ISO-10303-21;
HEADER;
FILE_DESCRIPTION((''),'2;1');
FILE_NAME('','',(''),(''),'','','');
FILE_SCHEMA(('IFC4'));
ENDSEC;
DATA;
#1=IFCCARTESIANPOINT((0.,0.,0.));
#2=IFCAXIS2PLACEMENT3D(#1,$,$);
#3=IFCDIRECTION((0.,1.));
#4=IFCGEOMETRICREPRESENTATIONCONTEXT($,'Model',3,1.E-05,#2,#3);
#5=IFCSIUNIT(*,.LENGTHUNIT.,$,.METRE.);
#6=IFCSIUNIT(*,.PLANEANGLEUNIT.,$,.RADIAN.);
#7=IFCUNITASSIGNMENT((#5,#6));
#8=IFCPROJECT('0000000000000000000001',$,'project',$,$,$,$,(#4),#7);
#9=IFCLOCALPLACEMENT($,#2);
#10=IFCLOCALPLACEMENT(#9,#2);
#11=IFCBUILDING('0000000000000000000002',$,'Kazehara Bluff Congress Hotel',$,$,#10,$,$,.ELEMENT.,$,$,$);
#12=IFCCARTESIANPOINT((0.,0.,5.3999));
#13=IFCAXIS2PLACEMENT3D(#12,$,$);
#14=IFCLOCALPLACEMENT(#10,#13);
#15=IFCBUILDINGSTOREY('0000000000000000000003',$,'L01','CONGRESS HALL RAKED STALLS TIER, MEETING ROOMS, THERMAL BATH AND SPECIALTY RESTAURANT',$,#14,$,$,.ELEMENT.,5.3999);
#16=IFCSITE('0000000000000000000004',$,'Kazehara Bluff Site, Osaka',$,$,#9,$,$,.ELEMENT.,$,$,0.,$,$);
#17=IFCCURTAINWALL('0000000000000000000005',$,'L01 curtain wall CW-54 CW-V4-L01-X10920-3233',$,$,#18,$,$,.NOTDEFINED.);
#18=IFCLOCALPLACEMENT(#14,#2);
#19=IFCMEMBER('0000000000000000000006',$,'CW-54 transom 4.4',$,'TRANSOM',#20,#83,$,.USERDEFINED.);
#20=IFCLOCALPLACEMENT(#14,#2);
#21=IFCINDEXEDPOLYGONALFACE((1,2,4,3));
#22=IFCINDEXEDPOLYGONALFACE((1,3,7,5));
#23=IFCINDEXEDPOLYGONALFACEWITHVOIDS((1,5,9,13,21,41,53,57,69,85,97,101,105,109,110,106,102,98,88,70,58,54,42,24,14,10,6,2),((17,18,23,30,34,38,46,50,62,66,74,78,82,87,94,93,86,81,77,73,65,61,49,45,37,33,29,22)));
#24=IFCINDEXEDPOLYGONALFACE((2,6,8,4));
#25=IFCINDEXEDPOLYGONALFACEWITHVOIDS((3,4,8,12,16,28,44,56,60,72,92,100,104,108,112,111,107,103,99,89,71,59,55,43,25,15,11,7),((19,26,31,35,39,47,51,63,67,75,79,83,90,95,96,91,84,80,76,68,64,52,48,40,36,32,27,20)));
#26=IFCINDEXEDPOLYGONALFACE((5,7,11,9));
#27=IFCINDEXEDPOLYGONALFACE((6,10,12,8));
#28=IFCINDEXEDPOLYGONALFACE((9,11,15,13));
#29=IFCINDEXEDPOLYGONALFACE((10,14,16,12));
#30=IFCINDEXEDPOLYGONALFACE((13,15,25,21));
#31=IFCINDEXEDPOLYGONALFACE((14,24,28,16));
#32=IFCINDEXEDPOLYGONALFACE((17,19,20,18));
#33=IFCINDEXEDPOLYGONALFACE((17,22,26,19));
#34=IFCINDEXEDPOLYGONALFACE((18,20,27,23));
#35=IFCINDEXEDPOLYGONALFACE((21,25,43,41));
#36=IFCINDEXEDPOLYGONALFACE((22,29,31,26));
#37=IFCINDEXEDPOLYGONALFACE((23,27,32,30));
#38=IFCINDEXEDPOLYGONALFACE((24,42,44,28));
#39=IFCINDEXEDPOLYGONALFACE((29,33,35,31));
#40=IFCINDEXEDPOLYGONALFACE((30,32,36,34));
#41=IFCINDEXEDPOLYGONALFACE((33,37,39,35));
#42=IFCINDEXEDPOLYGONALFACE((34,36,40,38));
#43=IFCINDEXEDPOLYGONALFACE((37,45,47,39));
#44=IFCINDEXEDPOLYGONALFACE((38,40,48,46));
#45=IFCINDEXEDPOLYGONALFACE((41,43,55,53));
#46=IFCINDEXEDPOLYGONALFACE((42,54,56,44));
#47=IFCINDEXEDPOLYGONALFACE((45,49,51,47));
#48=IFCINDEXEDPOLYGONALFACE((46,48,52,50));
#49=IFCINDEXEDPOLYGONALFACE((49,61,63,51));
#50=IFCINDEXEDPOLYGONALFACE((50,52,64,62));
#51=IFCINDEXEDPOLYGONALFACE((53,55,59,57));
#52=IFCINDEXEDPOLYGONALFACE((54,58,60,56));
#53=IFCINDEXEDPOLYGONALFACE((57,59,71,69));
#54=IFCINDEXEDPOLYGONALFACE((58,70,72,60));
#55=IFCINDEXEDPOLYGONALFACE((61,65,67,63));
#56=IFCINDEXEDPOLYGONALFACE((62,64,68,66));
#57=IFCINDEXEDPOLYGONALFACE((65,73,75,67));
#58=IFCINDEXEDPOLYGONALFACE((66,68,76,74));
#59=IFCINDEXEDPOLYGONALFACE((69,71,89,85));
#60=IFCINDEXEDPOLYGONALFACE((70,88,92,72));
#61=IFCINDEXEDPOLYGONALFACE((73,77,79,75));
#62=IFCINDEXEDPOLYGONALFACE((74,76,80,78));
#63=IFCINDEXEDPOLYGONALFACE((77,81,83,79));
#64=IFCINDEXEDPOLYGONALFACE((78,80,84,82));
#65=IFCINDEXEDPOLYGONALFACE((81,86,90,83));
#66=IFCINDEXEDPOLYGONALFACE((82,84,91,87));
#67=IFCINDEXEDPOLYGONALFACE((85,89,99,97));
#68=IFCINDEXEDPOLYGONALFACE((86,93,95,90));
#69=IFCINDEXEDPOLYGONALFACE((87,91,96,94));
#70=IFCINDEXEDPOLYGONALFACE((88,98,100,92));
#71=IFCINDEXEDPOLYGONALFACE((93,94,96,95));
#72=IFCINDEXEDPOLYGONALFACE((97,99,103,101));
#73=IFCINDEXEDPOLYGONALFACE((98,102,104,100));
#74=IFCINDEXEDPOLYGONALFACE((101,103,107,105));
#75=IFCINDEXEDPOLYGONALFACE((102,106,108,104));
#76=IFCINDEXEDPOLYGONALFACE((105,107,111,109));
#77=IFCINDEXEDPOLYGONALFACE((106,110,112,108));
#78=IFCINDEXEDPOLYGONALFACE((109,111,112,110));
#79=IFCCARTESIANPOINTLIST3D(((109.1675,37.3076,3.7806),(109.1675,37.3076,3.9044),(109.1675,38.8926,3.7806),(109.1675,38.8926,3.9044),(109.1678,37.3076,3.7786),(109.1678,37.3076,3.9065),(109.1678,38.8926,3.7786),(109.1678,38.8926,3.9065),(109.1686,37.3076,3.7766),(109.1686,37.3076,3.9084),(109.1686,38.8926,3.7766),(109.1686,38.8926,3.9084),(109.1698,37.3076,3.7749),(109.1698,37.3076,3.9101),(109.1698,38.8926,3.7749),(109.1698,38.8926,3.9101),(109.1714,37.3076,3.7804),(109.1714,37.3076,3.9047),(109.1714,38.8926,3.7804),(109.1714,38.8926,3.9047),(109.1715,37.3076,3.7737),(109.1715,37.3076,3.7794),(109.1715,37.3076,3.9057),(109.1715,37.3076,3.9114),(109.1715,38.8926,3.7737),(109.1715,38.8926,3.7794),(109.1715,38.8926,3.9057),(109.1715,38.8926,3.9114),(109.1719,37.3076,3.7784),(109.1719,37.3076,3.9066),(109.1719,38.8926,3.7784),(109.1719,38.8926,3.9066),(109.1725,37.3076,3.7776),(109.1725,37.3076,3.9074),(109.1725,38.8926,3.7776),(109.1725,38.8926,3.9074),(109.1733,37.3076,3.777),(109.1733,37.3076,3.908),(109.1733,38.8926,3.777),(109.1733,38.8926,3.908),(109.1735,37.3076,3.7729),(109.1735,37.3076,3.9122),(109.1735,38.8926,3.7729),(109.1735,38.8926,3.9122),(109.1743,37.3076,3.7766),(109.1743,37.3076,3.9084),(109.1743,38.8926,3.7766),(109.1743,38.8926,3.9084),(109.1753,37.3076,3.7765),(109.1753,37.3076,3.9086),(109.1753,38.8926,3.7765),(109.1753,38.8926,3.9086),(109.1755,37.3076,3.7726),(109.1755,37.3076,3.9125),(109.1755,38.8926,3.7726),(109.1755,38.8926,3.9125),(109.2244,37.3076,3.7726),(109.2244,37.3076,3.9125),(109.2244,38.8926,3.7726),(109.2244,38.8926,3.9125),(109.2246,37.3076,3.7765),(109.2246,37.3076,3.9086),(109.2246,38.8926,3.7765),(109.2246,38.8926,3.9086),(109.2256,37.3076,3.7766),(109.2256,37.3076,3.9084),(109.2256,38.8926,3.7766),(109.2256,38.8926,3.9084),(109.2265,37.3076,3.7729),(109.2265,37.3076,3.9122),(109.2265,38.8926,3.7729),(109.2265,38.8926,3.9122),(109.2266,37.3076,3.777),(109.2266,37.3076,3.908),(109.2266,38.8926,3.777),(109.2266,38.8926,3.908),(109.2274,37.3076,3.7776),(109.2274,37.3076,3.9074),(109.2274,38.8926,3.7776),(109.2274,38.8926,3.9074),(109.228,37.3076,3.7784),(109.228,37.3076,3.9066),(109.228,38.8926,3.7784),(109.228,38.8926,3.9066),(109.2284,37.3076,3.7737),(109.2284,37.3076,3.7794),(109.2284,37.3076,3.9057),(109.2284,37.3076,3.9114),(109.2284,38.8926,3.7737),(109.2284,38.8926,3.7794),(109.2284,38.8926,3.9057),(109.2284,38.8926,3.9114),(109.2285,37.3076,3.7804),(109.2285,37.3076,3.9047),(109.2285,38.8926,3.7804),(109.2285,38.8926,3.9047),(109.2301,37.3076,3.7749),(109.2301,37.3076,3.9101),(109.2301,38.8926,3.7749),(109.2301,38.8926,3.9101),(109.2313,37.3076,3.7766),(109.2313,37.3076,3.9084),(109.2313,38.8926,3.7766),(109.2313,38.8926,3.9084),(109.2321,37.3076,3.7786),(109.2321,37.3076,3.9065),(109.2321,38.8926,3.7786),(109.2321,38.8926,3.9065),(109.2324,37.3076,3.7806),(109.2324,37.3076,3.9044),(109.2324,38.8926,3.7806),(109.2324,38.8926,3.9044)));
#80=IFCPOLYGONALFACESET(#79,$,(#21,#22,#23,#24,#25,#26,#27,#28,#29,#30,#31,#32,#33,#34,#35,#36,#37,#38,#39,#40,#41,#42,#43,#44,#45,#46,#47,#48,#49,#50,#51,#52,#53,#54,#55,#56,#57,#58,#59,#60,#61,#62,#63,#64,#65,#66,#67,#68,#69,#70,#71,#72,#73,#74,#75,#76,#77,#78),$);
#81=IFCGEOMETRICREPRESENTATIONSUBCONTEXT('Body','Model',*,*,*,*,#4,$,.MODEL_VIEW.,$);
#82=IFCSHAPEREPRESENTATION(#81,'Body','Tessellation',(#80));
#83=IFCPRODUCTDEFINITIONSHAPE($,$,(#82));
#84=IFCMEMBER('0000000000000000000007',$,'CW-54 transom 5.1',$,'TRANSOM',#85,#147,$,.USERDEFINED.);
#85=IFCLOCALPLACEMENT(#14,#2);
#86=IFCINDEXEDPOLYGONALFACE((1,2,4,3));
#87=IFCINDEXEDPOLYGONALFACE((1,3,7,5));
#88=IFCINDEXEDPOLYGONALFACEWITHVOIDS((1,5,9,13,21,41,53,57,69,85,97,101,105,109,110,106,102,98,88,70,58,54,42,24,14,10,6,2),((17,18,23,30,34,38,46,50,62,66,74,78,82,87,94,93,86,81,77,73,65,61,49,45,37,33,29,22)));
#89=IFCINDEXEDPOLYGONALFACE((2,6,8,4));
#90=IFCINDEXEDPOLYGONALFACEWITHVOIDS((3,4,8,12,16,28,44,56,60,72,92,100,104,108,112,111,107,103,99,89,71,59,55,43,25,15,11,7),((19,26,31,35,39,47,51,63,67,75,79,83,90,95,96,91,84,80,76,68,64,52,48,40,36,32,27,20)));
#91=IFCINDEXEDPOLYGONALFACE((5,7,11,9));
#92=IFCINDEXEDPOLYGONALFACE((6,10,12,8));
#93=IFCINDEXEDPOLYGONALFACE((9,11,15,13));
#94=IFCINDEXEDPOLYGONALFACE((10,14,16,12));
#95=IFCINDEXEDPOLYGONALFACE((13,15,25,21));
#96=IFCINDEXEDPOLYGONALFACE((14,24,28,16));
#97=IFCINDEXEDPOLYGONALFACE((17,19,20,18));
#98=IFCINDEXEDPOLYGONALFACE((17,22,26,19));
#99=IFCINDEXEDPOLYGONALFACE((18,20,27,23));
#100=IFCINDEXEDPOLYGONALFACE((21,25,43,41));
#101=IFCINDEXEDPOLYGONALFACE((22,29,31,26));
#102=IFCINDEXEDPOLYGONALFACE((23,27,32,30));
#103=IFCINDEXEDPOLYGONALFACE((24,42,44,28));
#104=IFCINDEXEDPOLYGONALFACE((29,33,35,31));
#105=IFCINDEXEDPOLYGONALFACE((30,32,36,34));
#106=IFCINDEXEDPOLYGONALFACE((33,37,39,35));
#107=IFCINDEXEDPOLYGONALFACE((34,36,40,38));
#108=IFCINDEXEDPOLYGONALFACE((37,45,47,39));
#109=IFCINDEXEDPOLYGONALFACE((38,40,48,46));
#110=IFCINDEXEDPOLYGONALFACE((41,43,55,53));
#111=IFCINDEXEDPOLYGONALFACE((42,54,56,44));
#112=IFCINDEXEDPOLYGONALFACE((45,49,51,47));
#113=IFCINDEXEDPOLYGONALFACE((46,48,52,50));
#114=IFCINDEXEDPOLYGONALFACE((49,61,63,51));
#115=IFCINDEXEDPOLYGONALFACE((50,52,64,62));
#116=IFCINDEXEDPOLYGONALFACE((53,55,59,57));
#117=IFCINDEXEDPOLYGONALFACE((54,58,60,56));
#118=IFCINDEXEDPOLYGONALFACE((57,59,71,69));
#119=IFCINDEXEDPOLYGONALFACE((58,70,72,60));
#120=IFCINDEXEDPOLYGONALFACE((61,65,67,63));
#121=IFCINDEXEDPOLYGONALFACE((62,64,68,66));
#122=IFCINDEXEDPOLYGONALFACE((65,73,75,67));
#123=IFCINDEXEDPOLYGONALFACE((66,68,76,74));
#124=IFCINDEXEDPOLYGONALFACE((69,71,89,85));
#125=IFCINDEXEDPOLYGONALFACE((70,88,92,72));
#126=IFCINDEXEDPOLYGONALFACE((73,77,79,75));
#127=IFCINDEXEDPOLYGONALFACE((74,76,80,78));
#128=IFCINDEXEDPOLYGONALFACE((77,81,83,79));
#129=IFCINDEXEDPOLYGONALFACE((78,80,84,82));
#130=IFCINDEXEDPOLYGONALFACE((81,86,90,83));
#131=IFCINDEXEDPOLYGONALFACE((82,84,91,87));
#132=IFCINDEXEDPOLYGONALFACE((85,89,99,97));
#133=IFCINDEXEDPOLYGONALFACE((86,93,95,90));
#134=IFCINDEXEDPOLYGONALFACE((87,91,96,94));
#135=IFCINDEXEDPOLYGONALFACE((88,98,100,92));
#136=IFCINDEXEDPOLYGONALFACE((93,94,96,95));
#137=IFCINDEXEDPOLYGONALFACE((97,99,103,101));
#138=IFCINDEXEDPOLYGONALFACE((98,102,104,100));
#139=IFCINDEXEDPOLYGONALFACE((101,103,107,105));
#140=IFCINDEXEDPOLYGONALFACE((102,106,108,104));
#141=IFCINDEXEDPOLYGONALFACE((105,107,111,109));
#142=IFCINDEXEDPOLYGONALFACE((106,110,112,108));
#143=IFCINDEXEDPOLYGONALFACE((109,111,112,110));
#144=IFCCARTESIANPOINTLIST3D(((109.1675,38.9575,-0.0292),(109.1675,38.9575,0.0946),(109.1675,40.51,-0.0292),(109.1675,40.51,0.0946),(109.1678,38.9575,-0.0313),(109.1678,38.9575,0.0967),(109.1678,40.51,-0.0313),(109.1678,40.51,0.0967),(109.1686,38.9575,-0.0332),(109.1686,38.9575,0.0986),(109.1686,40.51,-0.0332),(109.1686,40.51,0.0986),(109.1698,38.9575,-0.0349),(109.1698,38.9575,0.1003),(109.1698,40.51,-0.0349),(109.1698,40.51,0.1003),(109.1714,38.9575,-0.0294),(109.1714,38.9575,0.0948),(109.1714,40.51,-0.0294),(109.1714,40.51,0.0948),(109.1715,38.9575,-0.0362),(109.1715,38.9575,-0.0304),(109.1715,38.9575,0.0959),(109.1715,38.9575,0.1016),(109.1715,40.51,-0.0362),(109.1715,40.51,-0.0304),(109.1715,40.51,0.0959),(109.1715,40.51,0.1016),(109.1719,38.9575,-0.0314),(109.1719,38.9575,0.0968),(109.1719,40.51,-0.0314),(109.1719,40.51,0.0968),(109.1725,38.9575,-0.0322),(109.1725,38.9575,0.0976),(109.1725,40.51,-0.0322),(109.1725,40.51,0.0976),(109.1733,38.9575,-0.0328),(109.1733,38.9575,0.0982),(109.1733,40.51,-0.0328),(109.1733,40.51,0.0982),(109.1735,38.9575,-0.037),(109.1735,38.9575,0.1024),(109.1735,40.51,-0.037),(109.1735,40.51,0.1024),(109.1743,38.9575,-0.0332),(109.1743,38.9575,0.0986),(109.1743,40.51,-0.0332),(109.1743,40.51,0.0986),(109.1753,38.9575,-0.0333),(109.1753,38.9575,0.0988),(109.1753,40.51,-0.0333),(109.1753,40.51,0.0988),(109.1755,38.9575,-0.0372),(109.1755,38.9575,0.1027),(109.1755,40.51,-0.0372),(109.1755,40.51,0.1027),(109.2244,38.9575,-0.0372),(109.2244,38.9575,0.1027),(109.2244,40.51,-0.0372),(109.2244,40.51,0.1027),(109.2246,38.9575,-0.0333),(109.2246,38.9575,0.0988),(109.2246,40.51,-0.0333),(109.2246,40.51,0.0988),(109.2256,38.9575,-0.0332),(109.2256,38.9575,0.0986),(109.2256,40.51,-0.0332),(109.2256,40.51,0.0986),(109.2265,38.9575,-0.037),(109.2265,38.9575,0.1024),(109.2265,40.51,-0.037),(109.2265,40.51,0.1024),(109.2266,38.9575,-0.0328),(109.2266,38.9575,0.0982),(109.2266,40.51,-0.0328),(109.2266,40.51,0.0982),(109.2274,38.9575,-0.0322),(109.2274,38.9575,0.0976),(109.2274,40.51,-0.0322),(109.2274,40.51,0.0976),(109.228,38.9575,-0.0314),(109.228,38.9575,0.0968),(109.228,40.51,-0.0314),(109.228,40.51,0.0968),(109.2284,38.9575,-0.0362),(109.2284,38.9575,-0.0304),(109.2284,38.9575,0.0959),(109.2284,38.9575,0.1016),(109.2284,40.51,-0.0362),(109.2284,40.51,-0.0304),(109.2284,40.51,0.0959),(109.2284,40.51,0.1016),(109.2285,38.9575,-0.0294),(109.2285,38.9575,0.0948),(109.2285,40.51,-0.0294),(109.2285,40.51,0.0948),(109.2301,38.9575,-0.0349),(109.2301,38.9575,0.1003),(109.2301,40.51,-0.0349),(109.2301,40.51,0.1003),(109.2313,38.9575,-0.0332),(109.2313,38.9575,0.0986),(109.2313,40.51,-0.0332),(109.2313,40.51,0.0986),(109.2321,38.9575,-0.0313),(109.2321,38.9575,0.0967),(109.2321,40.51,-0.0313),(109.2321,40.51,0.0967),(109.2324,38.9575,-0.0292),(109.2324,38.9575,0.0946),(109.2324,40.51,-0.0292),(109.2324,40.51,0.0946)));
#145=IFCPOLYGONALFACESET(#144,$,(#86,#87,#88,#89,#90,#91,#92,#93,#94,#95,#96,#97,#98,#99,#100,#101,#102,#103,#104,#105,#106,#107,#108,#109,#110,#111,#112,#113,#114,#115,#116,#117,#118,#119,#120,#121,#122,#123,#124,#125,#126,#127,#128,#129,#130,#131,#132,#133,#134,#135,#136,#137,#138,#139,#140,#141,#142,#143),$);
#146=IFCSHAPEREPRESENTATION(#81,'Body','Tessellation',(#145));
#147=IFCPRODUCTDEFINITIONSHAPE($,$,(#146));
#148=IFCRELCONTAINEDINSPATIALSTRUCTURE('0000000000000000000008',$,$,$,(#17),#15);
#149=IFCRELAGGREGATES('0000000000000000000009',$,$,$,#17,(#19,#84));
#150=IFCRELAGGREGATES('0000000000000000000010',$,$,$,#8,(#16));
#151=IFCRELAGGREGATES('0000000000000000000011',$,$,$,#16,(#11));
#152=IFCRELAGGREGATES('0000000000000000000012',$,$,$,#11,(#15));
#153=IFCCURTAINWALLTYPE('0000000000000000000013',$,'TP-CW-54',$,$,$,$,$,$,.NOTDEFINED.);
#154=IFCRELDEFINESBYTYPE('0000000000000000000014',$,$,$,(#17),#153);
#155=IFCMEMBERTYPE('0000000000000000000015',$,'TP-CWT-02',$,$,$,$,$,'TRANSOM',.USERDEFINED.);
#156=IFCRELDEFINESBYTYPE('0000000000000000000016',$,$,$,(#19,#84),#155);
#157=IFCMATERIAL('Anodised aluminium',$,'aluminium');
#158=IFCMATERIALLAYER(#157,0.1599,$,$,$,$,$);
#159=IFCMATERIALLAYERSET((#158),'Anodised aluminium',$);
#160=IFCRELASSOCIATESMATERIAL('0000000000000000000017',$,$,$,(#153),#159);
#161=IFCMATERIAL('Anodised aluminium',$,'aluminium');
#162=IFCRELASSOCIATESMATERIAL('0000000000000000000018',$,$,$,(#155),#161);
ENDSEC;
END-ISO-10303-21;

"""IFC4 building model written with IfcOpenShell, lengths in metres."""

from ifc_helpers import new_model, si_unit, direction, frame, origin, origin_2d, place, context, subcontext, project, spatial, hollow_rectangle, extrude, material, layer, layer_set, material_profile, profile_set, type_object, element, aggregate, save


model = new_model("IFC4")

# Units and contexts
model_context = context("Model", 3, precision=1e-05, world=origin(), true_north=direction((0.0, 1.0)))
body_context = subcontext(model_context, "Body", "Model", "MODEL_VIEW")
ifc_project = project(units=[si_unit("LENGTHUNIT", "METRE"), si_unit("PLANEANGLEUNIT", "RADIAN")], contexts=[model_context])

# Site, building, storey
site_placement = place(None, origin())
site = spatial("IfcSite", under=ifc_project, at=site_placement, Name="Kazehara Bluff Site, Osaka", CompositionType="ELEMENT", RefElevation=0.0)
building_placement = place(site_placement, origin())
building = spatial("IfcBuilding", under=site, at=building_placement, Name="Kazehara Bluff Congress Hotel", CompositionType="ELEMENT")
storey_placement = place(building_placement, frame((0.0, 0.0, 5.3999)))
storey = spatial("IfcBuildingStorey", under=building, at=storey_placement, Name="L01", Description="CONGRESS HALL RAKED STALLS TIER, MEETING ROOMS, THERMAL BATH AND SPECIALTY RESTAURANT", CompositionType="ELEMENT", Elevation=5.3999)

# Curtain wall
ifc_material_1 = material(Name="Anodised aluminium", Category="aluminium")
ifc_layer_1 = layer(ifc_material_1, 0.1599)
ifc_layer_set_1 = layer_set([ifc_layer_1], Name="Anodised aluminium")
curtain_wall_type_1 = type_object("IfcCurtainWallType", Name="TP-CW-54", PredefinedType="NOTDEFINED", material=ifc_layer_set_1)
curtain_wall_1_placement = place(storey_placement, origin())
curtain_wall_1 = element("IfcCurtainWall", 1, at=curtain_wall_1_placement, inside=storey, type_object=curtain_wall_type_1, Name="L01 curtain wall CW-54 CW-V4-L01-X10920-3233", PredefinedType="NOTDEFINED")

# Members
ifc_material_2 = material(Name="Anodised aluminium", Category="aluminium")
ifc_material_profile_1 = material_profile(ifc_material_2, hollow_rectangle(XDim=0.0649, YDim=0.1399, WallThickness=0.0039, InnerFilletRadius=0.0039, OuterFilletRadius=0.0081, at=origin_2d()))
ifc_profile_set_1 = profile_set([ifc_material_profile_1], Name="Anodised aluminium")
member_type_1 = type_object("IfcMemberType", Name="TP-CWT-02", ElementType="TRANSOM", PredefinedType="USERDEFINED", material=ifc_profile_set_1)
member_1_placement = place(storey_placement, frame((109.2, 37.3076, 3.8425), z_axis=(0.0, 1.0, 0.0), x_axis=(-1.0, 0.0, 0.0)))
member_1 = element("IfcMember", 2, at=member_1_placement, type_object=member_type_1, Name="CW-54 transom 4.4", ObjectType="TRANSOM", PredefinedType="USERDEFINED", context=body_context, shape_type="SweptSolid", body=[
    extrude(hollow_rectangle(XDim=0.0649, YDim=0.1399, WallThickness=0.0039, InnerFilletRadius=0.0039, OuterFilletRadius=0.0081, at=origin_2d()), origin(), (0.0, 0.0, 1.0), 1.585),
])
member_2_placement = place(storey_placement, frame((109.2, 38.9575, 0.0327), z_axis=(0.0, 1.0, 0.0), x_axis=(-1.0, 0.0, 0.0)))
member_2 = element("IfcMember", 3, at=member_2_placement, type_object=member_type_1, Name="CW-54 transom 5.1", ObjectType="TRANSOM", PredefinedType="USERDEFINED", context=body_context, shape_type="SweptSolid", body=[
    extrude(hollow_rectangle(XDim=0.0649, YDim=0.1399, WallThickness=0.0039, InnerFilletRadius=0.0039, OuterFilletRadius=0.0081, at=origin_2d()), origin(), (0.0, 0.0, 1.0), 1.5525),
])

aggregate(curtain_wall_1, [member_1, member_2])

save(model, "model.ifc")
